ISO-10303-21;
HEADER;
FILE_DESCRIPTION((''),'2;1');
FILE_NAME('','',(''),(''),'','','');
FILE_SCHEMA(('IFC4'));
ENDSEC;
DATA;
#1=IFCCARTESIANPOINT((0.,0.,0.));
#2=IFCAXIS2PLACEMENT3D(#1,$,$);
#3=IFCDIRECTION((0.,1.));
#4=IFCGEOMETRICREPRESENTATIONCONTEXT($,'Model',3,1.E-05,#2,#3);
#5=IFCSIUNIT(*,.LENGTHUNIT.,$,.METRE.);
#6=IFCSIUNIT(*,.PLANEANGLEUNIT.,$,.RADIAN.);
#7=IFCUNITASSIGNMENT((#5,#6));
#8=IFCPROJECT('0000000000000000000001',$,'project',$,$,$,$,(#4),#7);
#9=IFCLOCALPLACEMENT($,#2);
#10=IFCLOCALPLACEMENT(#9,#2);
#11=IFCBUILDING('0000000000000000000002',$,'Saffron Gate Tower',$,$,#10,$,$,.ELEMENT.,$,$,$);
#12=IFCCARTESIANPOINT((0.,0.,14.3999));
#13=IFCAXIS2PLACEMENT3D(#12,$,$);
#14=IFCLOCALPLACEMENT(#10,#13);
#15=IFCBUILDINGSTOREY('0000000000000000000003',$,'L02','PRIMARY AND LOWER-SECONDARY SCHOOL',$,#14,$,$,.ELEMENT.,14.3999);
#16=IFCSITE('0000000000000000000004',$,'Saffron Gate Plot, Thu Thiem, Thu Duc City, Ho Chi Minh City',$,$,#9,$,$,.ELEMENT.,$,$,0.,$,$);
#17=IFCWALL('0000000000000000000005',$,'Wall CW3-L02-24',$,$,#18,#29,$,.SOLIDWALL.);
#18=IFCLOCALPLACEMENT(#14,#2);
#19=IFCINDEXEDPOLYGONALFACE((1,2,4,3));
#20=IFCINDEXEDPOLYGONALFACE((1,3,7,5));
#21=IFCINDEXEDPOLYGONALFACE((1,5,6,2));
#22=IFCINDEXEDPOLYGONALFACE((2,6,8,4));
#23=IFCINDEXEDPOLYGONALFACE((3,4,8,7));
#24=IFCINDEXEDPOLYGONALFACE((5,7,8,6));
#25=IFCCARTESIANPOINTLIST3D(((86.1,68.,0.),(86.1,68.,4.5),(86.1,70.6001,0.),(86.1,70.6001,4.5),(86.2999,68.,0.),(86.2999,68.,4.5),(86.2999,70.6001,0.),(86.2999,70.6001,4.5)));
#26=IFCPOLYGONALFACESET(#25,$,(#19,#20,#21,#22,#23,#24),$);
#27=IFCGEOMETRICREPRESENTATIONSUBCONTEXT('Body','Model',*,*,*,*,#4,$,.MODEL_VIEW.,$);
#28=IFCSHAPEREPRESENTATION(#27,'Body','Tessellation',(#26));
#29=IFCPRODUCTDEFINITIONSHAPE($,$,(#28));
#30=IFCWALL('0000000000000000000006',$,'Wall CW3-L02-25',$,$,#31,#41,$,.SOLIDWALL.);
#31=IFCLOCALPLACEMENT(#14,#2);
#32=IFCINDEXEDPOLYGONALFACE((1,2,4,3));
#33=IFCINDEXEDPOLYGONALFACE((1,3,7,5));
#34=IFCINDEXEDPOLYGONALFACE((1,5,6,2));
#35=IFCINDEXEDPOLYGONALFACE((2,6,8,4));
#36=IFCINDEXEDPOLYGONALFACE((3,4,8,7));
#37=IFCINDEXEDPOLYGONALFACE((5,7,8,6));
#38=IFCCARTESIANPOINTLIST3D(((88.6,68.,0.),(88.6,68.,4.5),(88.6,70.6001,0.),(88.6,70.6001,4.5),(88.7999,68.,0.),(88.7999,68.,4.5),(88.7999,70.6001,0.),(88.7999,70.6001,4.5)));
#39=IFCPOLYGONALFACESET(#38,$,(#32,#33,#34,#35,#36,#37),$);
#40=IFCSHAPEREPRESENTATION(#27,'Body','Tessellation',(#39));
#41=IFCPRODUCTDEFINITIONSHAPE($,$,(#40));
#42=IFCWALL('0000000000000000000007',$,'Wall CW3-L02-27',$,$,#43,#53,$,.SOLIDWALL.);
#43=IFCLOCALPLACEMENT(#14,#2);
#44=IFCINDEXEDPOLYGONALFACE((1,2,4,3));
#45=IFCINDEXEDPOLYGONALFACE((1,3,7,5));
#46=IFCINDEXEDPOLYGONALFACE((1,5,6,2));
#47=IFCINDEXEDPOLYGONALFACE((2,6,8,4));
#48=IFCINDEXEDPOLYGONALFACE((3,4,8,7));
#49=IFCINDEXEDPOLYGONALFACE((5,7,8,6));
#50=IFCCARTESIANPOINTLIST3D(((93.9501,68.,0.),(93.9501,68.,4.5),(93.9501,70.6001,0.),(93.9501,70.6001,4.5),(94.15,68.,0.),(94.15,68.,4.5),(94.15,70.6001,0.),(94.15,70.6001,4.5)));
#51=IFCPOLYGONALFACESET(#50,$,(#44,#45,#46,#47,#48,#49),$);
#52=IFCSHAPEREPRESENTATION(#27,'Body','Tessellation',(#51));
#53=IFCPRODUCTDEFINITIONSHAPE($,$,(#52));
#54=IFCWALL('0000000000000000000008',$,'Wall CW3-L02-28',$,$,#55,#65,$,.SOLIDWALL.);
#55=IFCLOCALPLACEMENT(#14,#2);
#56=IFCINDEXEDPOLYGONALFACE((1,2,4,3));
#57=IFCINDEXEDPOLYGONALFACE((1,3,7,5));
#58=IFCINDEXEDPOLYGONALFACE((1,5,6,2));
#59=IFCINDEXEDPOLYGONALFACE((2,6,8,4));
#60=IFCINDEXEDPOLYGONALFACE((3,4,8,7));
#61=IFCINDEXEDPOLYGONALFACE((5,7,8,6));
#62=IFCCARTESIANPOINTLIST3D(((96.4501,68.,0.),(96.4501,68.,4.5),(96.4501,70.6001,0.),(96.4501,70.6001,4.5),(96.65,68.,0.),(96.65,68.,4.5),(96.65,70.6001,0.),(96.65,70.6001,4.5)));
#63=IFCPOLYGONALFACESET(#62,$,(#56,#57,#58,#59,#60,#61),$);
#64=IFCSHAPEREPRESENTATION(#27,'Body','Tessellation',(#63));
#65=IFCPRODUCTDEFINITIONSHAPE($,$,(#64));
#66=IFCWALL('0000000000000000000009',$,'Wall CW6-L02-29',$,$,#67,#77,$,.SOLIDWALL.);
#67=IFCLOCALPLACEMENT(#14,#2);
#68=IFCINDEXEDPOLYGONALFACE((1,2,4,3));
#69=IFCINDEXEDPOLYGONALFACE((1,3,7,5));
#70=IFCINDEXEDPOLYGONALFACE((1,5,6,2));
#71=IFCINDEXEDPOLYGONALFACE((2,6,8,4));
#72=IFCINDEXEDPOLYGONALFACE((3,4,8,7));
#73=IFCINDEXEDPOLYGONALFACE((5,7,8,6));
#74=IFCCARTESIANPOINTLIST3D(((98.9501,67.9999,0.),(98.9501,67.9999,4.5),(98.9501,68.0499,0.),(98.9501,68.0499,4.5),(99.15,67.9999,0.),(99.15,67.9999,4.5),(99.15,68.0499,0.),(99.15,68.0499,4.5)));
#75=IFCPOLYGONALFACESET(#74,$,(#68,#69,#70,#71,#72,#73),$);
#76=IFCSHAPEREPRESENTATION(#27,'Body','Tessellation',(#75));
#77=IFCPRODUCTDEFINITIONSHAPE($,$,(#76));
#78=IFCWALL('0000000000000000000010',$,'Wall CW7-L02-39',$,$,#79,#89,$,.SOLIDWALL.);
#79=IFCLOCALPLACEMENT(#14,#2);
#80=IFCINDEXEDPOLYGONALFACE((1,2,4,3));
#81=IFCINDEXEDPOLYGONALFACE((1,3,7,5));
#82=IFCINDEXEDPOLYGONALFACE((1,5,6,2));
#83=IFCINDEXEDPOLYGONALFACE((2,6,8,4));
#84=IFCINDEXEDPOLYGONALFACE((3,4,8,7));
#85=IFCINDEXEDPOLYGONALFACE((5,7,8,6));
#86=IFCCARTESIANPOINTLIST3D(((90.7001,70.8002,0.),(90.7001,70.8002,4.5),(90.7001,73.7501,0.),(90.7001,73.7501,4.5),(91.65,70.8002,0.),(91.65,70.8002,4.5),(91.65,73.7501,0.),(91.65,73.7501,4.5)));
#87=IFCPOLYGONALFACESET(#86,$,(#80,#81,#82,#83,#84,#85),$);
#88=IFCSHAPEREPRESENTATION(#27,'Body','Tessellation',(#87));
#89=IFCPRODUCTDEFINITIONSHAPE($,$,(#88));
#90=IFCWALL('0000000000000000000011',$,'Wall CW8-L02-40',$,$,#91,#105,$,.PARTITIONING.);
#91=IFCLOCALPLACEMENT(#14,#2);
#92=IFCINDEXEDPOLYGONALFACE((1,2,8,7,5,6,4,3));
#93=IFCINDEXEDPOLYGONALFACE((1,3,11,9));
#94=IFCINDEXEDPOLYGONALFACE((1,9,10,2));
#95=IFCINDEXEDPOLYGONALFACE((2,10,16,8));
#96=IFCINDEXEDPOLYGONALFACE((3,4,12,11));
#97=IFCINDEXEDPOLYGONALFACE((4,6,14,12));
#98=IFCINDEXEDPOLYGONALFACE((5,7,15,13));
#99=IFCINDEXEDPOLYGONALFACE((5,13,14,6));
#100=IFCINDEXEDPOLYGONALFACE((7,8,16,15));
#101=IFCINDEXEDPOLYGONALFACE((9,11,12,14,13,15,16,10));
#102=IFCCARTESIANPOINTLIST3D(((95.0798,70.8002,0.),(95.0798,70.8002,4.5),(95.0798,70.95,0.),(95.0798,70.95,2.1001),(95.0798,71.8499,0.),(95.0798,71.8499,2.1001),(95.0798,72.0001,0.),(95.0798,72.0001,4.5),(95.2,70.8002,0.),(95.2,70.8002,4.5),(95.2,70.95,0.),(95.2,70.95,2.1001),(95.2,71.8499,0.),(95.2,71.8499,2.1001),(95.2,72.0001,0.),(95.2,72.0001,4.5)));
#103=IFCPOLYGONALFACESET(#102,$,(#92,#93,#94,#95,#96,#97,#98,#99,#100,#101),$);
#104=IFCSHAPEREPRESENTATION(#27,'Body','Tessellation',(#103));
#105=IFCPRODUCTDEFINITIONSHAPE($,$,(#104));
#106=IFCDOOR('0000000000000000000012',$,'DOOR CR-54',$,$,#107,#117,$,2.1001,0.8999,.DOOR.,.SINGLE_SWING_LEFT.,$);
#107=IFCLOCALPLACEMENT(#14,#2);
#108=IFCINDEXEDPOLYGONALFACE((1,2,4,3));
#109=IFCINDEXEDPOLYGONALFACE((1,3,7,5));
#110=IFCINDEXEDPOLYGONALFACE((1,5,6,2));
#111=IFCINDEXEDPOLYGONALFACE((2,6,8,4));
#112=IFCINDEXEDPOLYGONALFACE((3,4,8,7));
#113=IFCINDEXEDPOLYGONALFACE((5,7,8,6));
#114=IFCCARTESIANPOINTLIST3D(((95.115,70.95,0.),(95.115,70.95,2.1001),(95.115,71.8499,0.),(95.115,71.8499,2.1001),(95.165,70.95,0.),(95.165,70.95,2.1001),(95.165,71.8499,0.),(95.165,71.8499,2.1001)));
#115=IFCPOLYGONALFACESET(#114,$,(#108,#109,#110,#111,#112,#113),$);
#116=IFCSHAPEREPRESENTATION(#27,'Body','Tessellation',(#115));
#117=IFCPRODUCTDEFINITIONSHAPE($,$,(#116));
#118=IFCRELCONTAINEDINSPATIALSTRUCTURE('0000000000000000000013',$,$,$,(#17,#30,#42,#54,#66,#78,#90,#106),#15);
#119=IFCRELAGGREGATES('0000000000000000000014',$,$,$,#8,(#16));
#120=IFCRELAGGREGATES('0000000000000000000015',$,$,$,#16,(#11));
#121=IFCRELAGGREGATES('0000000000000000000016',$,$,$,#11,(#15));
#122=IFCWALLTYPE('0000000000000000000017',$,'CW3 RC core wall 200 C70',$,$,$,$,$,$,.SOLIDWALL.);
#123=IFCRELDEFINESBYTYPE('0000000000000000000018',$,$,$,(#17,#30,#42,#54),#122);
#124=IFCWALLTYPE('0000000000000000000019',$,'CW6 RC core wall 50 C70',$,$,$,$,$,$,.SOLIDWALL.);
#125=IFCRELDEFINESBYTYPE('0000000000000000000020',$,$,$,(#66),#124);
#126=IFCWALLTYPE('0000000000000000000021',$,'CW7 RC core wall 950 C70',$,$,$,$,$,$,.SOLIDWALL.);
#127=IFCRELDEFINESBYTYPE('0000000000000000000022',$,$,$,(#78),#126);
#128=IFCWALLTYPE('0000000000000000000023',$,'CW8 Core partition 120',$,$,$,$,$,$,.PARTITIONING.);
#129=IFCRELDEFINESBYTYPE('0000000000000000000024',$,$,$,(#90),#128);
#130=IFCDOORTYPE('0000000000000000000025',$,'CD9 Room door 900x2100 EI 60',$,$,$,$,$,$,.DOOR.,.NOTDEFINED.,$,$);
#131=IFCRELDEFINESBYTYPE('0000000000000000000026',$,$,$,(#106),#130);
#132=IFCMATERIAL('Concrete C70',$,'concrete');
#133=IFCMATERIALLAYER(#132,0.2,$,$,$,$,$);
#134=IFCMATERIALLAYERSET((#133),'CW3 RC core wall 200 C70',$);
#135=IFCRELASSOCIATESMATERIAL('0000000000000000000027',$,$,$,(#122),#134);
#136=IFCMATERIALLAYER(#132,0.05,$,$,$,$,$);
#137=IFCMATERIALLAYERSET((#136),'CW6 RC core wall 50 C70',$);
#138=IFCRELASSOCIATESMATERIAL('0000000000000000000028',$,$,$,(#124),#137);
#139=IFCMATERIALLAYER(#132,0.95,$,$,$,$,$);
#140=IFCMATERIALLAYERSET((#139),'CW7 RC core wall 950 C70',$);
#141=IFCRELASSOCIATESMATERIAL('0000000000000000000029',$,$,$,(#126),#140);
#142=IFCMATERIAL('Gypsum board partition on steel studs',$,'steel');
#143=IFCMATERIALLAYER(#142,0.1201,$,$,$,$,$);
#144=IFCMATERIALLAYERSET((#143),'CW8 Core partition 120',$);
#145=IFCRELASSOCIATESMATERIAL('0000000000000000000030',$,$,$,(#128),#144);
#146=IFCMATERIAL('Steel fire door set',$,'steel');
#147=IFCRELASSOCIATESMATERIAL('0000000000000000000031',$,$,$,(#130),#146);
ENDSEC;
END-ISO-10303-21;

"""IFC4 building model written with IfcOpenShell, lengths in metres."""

from ifc_helpers import new_model, si_unit, direction, frame, frame_2d, origin, place, context, subcontext, project, spatial, rectangle, extrude, material, layer, layer_set, type_object, element, fill, save


model = new_model("IFC4")

# Units and contexts
model_context = context("Model", 3, precision=1e-05, world=origin(), true_north=direction((0.0, 1.0)))
body_context = subcontext(model_context, "Body", "Model", "MODEL_VIEW")
ifc_project = project(units=[si_unit("LENGTHUNIT", "METRE"), si_unit("PLANEANGLEUNIT", "RADIAN")], contexts=[model_context])

# Site, building, storey
site_placement = place(None, origin())
site = spatial("IfcSite", under=ifc_project, at=site_placement, Name="Saffron Gate Plot, Thu Thiem, Thu Duc City, Ho Chi Minh City", CompositionType="ELEMENT", RefElevation=0.0)
building_placement = place(site_placement, origin())
building = spatial("IfcBuilding", under=site, at=building_placement, Name="Saffron Gate Tower", CompositionType="ELEMENT")
storey_placement = place(building_placement, frame((0.0, 0.0, 14.3999)))
storey = spatial("IfcBuildingStorey", under=building, at=storey_placement, Name="L02", Description="PRIMARY AND LOWER-SECONDARY SCHOOL", CompositionType="ELEMENT", Elevation=14.3999)

# Shared definitions
ifc_material_1 = material(Name="Concrete C70", Category="concrete")

# Shared definitions
ifc_material_2 = material(Name="Steel fire door set", Category="steel")

# Shared definitions
ifc_layer_1 = layer(ifc_material_1, 0.2)
ifc_layer_set_1 = layer_set([ifc_layer_1], Name="CW3 RC core wall 200 C70")
wall_type_1 = type_object("IfcWallType", Name="CW3 RC core wall 200 C70", PredefinedType="SOLIDWALL", material=ifc_layer_set_1)

# Walls
for number, where, z_axis, x_axis, name in (
    (1, (86.2, 68.0, 0.0), (0.0, 0.0, 1.0), (0.0, 1.0, 0.0), "Wall CW3-L02-24"),
    (2, (88.7, 68.0, 0.0), (0.0, 0.0, 1.0), (0.0, 1.0, 0.0), "Wall CW3-L02-25"),
    (3, (94.05, 68.0, 0.0), (0.0, 0.0, 1.0), (0.0, 1.0, 0.0), "Wall CW3-L02-27"),
    (4, (96.55, 68.0, 0.0), (0.0, 0.0, 1.0), (0.0, 1.0, 0.0), "Wall CW3-L02-28"),
):
    element("IfcWall", number, at=place(storey_placement, frame(where, z_axis=z_axis, x_axis=x_axis)), inside=storey, type_object=wall_type_1, Name=name, PredefinedType="SOLIDWALL", context=body_context, shape_type="SweptSolid", body=[
        extrude(rectangle(XDim=2.6001, YDim=0.2, at=frame_2d((1.3, 0.0))), origin(), (0.0, 0.0, 1.0), 4.5),
    ])
ifc_layer_2 = layer(ifc_material_1, 0.05)
ifc_layer_set_2 = layer_set([ifc_layer_2], Name="CW6 RC core wall 50 C70")
wall_type_2 = type_object("IfcWallType", Name="CW6 RC core wall 50 C70", PredefinedType="SOLIDWALL", material=ifc_layer_set_2)
wall_1_placement = place(storey_placement, frame((98.95, 68.0249, 0.0), z_axis=(0.0, 0.0, 1.0), x_axis=(1.0, 0.0, 0.0)))
element("IfcWall", 5, at=wall_1_placement, inside=storey, type_object=wall_type_2, Name="Wall CW6-L02-29", PredefinedType="SOLIDWALL", context=body_context, shape_type="SweptSolid", body=[
    extrude(rectangle(XDim=0.2, YDim=0.05, at=frame_2d((0.1001, 0.0))), origin(), (0.0, 0.0, 1.0), 4.5),
])
ifc_layer_3 = layer(ifc_material_1, 0.95)
ifc_layer_set_3 = layer_set([ifc_layer_3], Name="CW7 RC core wall 950 C70")
wall_type_3 = type_object("IfcWallType", Name="CW7 RC core wall 950 C70", PredefinedType="SOLIDWALL", material=ifc_layer_set_3)
wall_2_placement = place(storey_placement, frame((91.175, 70.8, 0.0), z_axis=(0.0, 0.0, 1.0), x_axis=(0.0, 1.0, 0.0)))
element("IfcWall", 6, at=wall_2_placement, inside=storey, type_object=wall_type_3, Name="Wall CW7-L02-39", PredefinedType="SOLIDWALL", context=body_context, shape_type="SweptSolid", body=[
    extrude(rectangle(XDim=2.95, YDim=0.95, at=frame_2d((1.4751, 0.0))), origin(), (0.0, 0.0, 1.0), 4.5),
])

# Wall, opening, door
ifc_material_3 = material(Name="Gypsum board partition on steel studs", Category="steel")
ifc_layer_4 = layer(ifc_material_3, 0.1201)
ifc_layer_set_4 = layer_set([ifc_layer_4], Name="CW8 Core partition 120")
wall_type_4 = type_object("IfcWallType", Name="CW8 Core partition 120", PredefinedType="PARTITIONING", material=ifc_layer_set_4)
wall_3_placement = place(storey_placement, frame((95.1399, 70.8, 0.0), z_axis=(0.0, 0.0, 1.0), x_axis=(0.0, 1.0, 0.0)))
wall_3 = element("IfcWall", 7, at=wall_3_placement, inside=storey, type_object=wall_type_4, Name="Wall CW8-L02-40", PredefinedType="PARTITIONING", context=body_context, shape_type="SweptSolid", body=[
    extrude(rectangle(XDim=1.2, YDim=0.1201, at=frame_2d((0.6001, 0.0))), origin(), (0.0, 0.0, 1.0), 4.5),
])
opening_1_placement = place(wall_3_placement, frame((0.1499, 0.0, 0.0)))
opening_1 = element("IfcOpeningElement", 8, at=opening_1_placement, cuts=wall_3, PredefinedType="OPENING", context=body_context, shape_type="SweptSolid", body=[
    extrude(rectangle(XDim=0.8999, YDim=2.1001, at=frame_2d((0.45, 1.05))), frame((0.0, 0.0701, 0.0), z_axis=(0.0, -1.0, 0.0), x_axis=(1.0, 0.0, 0.0)), (0.0, 0.0, 1.0), 0.1401),
])
door_type_1 = type_object("IfcDoorType", Name="CD9 Room door 900x2100 EI 60", OperationType="NOTDEFINED", PredefinedType="DOOR", material=ifc_material_2)
door_1_placement = place(opening_1_placement, origin())
door_1 = element("IfcDoor", 9, at=door_1_placement, inside=storey, type_object=door_type_1, Name="DOOR CR-54", OperationType="SINGLE_SWING_LEFT", OverallHeight=2.1001, OverallWidth=0.8999, PredefinedType="DOOR", context=body_context, shape_type="SweptSolid", body=[
    extrude(rectangle(XDim=0.8999, YDim=2.1001, at=frame_2d((0.45, 1.05))), frame((0.0, 0.0249, 0.0), z_axis=(0.0, -1.0, 0.0), x_axis=(1.0, 0.0, 0.0)), (0.0, 0.0, 1.0), 0.05),
])
fill(opening_1, door_1)

save(model, "model.ifc")
